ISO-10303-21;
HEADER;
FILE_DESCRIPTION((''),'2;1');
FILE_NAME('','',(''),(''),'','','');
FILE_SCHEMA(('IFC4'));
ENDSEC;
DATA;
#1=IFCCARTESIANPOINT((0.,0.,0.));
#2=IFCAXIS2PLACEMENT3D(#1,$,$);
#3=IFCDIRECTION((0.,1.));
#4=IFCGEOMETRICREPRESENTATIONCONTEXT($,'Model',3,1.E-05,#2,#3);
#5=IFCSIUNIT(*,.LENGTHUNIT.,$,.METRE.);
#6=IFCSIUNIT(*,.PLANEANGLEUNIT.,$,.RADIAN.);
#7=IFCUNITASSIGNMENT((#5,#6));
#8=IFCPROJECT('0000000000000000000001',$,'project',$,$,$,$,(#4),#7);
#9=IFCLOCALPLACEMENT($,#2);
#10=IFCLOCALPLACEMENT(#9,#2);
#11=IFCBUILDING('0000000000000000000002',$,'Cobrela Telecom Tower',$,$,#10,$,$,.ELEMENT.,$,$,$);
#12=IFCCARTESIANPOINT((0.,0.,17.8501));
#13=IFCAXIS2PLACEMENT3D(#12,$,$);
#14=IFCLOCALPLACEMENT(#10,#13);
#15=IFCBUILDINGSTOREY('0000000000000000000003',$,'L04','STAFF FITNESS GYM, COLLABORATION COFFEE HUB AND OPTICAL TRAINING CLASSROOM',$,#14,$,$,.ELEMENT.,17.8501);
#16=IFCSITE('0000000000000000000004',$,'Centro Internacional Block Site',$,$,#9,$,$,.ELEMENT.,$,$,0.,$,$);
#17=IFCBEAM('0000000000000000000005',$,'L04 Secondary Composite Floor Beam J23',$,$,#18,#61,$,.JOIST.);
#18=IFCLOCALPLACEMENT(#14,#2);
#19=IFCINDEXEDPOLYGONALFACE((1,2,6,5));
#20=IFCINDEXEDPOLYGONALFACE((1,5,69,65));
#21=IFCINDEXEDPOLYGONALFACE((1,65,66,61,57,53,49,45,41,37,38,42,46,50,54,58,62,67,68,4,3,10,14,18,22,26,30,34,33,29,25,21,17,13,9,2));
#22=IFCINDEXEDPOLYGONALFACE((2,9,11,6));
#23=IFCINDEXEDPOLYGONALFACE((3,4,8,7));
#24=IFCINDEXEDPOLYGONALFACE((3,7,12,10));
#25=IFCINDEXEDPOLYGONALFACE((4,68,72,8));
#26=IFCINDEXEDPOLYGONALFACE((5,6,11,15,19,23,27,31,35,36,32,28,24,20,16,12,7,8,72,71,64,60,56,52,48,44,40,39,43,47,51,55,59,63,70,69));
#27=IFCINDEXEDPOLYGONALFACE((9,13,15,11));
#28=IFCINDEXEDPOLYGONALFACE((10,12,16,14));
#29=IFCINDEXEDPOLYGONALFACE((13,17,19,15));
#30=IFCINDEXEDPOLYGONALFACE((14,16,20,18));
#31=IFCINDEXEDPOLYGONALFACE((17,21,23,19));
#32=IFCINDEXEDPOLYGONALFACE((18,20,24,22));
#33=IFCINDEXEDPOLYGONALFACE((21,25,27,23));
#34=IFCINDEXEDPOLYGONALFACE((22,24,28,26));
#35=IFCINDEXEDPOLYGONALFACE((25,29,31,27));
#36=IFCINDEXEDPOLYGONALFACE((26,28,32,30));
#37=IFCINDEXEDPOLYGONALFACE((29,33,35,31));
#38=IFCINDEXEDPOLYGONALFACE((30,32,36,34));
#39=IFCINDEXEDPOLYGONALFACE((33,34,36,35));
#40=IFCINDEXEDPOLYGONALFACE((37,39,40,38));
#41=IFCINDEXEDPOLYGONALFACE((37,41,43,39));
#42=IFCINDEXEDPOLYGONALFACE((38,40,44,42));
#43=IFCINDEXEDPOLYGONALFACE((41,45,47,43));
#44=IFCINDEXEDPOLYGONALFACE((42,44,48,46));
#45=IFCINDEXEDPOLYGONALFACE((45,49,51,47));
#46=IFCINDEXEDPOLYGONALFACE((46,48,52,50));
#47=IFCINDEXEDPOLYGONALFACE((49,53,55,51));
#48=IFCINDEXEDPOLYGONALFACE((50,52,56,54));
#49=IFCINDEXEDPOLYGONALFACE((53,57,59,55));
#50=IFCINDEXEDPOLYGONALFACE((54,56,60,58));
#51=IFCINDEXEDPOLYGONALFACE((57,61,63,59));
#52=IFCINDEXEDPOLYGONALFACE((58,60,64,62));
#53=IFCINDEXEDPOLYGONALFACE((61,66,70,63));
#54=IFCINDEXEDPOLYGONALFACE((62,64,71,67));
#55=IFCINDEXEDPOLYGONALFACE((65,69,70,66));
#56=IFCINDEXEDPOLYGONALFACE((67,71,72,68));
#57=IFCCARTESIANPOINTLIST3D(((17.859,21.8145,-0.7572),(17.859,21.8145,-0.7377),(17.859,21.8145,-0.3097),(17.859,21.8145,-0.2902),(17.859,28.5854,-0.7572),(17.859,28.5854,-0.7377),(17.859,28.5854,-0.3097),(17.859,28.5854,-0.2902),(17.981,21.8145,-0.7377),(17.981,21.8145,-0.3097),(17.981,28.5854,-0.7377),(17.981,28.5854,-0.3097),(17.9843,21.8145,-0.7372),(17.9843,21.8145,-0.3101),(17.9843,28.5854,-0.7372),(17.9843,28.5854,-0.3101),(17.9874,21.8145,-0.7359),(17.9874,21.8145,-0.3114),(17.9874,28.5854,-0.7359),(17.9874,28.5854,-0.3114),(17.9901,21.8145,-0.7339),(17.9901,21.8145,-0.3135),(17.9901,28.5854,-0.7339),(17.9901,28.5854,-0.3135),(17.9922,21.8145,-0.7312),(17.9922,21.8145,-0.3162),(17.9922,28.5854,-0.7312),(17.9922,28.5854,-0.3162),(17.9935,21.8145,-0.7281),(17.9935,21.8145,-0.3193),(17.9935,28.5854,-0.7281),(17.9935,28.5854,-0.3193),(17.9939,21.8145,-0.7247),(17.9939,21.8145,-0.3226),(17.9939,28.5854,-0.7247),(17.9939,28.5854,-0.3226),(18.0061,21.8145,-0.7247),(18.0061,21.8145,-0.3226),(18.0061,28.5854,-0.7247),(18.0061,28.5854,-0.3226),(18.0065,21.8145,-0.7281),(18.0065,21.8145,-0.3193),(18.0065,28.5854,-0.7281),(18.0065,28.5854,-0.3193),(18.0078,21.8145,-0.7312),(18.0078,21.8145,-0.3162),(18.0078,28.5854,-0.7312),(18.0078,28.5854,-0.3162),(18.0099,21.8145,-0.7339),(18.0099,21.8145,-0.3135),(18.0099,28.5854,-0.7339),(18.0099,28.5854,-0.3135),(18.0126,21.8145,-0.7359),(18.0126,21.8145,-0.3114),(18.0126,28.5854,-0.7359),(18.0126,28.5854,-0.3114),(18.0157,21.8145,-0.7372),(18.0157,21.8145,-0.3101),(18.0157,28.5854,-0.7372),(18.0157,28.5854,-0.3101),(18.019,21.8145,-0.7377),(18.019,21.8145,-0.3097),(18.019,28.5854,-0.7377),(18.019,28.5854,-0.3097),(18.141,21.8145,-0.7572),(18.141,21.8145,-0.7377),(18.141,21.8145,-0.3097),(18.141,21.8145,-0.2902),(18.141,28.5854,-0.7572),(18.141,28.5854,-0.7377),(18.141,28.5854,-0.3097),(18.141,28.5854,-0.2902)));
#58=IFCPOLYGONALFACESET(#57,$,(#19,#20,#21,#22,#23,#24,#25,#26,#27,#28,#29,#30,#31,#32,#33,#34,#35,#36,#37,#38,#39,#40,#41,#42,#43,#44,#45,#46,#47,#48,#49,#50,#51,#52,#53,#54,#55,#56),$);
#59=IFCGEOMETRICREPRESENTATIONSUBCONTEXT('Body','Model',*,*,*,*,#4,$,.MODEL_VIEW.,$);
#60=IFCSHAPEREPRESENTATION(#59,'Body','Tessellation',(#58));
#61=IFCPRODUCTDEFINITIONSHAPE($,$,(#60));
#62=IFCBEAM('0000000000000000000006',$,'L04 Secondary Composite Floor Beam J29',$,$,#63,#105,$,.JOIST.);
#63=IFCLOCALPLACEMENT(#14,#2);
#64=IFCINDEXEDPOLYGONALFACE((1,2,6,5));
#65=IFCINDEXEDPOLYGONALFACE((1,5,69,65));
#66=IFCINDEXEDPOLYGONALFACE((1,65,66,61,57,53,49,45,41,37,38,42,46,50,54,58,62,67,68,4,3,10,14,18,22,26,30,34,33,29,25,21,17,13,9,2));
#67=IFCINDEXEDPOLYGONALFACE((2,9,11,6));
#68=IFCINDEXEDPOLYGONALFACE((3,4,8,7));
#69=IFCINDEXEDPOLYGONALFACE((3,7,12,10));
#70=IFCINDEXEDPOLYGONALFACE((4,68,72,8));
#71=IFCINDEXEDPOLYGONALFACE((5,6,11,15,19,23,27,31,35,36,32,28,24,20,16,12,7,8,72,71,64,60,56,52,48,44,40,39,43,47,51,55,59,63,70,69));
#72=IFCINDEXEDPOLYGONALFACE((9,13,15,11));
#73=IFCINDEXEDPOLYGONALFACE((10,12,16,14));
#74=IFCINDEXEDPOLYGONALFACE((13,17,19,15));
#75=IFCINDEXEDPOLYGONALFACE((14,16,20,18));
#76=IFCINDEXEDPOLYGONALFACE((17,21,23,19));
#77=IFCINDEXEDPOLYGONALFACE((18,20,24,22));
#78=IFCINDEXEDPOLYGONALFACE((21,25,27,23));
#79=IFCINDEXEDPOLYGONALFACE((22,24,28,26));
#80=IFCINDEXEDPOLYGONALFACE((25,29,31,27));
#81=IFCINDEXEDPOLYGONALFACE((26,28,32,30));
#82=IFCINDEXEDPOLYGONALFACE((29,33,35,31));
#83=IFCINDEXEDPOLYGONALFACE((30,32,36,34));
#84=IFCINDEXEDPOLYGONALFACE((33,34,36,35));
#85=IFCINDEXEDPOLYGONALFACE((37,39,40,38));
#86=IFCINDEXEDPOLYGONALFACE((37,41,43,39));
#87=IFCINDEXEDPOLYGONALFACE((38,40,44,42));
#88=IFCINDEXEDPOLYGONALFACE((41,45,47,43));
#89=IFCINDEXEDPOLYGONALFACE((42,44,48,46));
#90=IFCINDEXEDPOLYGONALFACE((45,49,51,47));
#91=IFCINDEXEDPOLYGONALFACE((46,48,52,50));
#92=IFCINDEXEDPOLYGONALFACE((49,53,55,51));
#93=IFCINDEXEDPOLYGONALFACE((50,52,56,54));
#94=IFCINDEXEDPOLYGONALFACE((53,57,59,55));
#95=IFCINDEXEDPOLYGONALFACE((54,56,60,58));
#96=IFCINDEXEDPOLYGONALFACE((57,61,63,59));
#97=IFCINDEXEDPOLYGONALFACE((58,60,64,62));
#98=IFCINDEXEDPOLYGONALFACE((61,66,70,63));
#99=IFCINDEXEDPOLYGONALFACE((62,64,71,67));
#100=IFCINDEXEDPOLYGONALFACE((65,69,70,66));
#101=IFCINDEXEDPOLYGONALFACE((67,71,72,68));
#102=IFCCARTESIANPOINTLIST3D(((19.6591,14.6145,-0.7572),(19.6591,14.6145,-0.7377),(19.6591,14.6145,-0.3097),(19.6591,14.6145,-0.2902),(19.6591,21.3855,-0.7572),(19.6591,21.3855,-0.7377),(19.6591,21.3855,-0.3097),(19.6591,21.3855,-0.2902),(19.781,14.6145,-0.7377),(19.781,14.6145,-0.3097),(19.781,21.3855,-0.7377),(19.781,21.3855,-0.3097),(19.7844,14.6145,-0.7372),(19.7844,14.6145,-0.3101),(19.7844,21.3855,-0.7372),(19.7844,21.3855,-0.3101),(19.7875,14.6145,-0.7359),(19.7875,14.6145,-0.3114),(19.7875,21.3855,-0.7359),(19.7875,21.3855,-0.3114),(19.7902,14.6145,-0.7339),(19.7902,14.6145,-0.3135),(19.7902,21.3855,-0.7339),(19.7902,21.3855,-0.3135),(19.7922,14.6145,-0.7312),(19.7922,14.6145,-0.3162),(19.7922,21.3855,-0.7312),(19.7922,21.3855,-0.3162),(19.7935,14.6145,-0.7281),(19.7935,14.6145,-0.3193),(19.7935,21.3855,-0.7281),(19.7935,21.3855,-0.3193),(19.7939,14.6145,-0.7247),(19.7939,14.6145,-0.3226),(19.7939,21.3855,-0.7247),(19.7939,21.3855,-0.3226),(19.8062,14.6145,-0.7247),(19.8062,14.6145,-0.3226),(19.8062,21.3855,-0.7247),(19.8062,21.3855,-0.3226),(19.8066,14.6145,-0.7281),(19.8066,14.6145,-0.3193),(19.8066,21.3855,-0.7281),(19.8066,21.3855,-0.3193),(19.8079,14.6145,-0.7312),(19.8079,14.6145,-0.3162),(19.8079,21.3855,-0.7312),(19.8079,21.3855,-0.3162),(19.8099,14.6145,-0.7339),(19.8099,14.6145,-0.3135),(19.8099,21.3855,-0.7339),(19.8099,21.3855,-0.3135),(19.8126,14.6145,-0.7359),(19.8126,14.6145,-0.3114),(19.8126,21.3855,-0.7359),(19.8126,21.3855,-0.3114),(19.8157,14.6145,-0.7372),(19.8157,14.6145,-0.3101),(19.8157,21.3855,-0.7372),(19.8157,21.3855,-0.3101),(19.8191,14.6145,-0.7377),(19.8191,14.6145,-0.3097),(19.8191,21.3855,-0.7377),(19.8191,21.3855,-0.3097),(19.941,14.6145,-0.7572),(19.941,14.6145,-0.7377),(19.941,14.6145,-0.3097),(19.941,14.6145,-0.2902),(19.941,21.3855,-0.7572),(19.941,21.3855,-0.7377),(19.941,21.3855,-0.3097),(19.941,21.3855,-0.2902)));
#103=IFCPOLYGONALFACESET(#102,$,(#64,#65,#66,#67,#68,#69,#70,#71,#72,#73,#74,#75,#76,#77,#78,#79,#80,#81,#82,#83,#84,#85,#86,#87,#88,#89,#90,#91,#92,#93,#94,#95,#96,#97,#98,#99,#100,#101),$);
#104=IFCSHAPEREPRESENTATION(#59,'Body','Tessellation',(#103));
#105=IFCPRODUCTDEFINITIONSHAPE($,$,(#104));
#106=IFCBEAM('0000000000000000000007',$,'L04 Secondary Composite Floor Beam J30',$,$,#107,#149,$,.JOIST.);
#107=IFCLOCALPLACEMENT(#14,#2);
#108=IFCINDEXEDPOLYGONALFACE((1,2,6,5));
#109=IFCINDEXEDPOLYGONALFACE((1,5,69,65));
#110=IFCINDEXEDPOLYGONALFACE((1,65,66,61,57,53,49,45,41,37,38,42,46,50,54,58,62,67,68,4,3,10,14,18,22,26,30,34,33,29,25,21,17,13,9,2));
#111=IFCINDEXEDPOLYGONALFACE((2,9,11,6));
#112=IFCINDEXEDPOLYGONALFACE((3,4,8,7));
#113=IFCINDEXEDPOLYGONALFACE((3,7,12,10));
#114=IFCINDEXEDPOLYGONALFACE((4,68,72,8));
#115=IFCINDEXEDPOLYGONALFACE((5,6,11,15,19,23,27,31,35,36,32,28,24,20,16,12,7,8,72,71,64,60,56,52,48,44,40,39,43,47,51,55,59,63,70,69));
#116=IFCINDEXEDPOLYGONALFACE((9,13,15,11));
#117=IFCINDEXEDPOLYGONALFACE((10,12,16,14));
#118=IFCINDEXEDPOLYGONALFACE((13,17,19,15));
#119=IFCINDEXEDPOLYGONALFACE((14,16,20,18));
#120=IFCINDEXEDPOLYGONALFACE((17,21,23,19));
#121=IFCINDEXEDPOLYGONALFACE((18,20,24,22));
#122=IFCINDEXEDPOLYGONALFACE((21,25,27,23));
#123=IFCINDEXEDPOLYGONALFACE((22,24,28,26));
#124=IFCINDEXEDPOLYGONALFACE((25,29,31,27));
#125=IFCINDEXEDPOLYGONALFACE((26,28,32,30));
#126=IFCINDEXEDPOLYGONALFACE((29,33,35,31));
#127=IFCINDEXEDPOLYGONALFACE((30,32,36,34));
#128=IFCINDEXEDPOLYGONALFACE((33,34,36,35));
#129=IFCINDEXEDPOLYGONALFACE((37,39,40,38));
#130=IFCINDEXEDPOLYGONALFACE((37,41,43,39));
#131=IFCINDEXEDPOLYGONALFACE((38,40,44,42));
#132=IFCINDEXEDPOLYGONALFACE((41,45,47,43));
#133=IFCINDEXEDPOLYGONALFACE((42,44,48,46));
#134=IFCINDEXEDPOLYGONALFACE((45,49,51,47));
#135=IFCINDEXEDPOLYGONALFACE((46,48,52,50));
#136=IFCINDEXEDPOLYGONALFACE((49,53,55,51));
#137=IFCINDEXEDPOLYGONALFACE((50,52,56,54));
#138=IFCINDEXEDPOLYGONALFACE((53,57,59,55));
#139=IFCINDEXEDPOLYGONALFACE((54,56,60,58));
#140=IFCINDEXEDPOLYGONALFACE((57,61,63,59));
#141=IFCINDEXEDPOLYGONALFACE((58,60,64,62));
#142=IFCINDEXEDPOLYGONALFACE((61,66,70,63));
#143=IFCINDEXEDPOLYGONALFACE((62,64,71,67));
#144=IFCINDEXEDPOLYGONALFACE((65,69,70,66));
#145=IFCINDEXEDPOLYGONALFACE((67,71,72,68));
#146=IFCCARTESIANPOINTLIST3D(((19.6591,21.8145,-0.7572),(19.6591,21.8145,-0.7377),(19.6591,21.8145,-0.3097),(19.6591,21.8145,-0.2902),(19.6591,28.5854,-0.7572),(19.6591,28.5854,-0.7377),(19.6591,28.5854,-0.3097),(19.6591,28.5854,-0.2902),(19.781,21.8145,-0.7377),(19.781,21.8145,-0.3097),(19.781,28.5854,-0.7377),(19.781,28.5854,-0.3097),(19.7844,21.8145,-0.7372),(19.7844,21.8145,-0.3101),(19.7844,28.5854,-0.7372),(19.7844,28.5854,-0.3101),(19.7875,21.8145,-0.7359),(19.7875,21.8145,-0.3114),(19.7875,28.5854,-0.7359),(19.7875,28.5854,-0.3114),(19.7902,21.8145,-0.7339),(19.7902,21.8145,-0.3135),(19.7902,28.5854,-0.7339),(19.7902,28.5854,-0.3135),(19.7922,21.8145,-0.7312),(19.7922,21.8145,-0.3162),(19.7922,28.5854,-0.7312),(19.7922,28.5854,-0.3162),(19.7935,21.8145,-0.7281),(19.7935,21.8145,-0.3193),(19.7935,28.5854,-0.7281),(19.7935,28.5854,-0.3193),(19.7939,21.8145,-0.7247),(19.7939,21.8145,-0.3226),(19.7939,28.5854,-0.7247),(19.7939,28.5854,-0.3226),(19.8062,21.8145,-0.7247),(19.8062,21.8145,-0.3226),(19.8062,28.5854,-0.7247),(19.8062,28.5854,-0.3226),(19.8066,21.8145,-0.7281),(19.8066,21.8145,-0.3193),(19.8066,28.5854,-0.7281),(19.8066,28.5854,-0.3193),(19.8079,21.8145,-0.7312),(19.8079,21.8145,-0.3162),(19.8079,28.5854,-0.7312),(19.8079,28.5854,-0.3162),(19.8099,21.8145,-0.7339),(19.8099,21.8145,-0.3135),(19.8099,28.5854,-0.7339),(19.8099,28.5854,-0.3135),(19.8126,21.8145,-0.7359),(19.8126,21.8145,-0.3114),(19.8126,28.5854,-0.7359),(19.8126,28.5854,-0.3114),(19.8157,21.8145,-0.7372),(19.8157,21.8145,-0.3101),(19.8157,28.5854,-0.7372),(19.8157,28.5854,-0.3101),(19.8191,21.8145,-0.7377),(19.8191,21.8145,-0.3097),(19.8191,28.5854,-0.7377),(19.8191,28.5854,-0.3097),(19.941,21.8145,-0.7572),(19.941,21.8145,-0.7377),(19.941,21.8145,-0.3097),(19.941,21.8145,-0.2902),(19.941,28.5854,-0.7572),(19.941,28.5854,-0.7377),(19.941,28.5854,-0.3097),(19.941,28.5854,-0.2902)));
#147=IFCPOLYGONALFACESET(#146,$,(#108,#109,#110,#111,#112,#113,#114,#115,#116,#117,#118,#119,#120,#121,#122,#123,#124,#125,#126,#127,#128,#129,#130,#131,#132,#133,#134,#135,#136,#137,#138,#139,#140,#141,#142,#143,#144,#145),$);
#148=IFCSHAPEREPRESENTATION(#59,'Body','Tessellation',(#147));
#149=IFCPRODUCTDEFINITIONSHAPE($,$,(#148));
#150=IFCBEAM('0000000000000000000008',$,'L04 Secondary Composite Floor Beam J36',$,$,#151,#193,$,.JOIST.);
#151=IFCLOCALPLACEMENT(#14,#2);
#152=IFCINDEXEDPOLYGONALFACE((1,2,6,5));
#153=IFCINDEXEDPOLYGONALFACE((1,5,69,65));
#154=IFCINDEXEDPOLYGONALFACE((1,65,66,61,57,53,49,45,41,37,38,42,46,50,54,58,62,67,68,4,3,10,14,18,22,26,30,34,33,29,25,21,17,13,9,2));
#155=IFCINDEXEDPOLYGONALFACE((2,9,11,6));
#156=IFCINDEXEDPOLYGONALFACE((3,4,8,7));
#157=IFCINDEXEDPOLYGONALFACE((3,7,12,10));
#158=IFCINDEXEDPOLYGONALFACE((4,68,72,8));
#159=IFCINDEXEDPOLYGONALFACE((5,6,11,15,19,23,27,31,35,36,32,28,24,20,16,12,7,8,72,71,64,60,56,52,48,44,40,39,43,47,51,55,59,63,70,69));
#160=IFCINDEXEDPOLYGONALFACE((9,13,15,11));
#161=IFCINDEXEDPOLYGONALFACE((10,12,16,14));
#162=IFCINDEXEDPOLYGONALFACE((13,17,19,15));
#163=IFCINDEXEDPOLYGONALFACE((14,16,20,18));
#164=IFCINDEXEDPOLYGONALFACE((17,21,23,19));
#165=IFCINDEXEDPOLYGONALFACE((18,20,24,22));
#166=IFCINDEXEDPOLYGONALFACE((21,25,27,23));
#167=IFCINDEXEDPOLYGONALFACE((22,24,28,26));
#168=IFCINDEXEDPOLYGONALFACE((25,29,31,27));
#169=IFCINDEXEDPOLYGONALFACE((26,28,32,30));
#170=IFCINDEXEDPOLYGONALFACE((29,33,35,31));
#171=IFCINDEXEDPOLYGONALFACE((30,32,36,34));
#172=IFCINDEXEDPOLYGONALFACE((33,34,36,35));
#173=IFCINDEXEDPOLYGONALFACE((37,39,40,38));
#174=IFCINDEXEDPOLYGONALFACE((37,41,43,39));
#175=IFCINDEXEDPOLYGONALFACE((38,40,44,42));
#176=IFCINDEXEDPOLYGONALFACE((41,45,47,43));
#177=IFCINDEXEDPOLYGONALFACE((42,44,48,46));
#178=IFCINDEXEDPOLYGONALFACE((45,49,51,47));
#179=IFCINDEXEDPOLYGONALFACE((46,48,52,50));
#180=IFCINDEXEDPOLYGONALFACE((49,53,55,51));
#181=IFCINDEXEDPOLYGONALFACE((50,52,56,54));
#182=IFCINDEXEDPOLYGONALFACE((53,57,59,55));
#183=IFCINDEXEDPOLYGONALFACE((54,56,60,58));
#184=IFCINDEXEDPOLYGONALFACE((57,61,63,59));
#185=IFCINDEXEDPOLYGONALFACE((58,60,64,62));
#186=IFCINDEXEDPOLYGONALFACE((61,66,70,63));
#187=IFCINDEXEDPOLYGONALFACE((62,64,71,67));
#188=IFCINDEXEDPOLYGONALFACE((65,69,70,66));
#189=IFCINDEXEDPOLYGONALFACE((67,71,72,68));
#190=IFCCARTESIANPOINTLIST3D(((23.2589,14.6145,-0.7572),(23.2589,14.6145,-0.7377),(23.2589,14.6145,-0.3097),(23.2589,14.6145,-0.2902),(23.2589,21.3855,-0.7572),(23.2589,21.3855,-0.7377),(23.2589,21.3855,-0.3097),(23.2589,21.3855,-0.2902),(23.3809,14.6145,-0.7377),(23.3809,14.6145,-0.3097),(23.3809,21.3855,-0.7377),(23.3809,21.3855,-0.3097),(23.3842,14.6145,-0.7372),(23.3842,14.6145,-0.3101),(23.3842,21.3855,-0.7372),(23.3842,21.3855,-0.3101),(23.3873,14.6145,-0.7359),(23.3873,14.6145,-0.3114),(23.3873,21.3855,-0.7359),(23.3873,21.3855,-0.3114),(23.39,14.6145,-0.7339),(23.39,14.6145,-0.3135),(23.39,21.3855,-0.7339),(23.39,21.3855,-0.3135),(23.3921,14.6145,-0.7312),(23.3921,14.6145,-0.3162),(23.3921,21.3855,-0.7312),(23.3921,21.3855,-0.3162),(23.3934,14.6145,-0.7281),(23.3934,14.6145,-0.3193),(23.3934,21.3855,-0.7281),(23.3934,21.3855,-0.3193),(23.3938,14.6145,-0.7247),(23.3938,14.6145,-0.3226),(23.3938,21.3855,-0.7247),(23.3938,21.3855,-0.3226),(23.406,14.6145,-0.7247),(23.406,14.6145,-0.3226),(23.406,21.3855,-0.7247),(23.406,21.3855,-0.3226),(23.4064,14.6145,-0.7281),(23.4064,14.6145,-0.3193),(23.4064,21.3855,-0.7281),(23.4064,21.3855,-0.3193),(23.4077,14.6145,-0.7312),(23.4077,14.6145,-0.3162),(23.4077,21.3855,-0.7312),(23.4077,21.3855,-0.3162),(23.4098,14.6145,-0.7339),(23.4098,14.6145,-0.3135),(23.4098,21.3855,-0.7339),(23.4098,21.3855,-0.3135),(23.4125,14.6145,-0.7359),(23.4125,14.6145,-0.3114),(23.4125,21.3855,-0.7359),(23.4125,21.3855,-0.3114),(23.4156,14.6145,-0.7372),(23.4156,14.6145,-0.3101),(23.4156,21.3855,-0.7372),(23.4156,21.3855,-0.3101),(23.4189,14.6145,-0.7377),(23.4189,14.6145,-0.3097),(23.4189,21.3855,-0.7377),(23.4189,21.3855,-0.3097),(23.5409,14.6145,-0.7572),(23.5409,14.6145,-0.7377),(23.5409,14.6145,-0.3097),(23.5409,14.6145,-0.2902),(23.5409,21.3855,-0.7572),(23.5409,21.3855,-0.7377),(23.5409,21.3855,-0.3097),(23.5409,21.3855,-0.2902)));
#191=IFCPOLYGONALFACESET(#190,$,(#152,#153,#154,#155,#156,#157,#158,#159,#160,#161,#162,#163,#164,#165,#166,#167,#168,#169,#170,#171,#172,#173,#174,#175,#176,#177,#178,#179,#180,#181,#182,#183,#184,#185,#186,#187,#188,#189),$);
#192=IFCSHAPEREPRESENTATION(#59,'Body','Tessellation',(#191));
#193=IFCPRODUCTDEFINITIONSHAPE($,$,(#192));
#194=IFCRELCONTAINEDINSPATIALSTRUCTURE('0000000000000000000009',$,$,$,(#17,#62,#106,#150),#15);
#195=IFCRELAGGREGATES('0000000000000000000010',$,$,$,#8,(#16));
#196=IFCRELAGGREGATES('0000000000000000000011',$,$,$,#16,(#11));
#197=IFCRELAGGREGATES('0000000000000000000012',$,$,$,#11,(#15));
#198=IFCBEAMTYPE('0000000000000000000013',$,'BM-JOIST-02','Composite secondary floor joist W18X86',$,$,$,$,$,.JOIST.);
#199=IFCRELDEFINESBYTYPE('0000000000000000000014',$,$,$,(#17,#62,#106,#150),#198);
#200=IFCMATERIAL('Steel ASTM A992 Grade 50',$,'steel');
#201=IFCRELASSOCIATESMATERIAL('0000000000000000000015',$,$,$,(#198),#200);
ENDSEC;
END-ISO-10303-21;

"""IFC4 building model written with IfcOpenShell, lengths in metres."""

from ifc_helpers import new_model, si_unit, direction, frame, origin, origin_2d, place, context, subcontext, project, spatial, i_section, extrude, material, material_profile, profile_set, type_object, element, save


model = new_model("IFC4")

# Units and contexts
model_context = context("Model", 3, precision=1e-05, world=origin(), true_north=direction((0.0, 1.0)))
body_context = subcontext(model_context, "Body", "Model", "MODEL_VIEW")
ifc_project = project(units=[si_unit("LENGTHUNIT", "METRE"), si_unit("PLANEANGLEUNIT", "RADIAN")], contexts=[model_context])

# Site, building, storey
site_placement = place(None, origin())
site = spatial("IfcSite", under=ifc_project, at=site_placement, Name="Centro Internacional Block Site", CompositionType="ELEMENT", RefElevation=0.0)
building_placement = place(site_placement, origin())
building = spatial("IfcBuilding", under=site, at=building_placement, Name="Cobrela Telecom Tower", CompositionType="ELEMENT")
storey_placement = place(building_placement, frame((0.0, 0.0, 17.8501)))
storey = spatial("IfcBuildingStorey", under=building, at=storey_placement, Name="L04", Description="STAFF FITNESS GYM, COLLABORATION COFFEE HUB AND OPTICAL TRAINING CLASSROOM", CompositionType="ELEMENT", Elevation=17.8501)

# Beams
ifc_material_1 = material(Name="Steel ASTM A992 Grade 50", Category="steel")
ifc_material_profile_1 = material_profile(ifc_material_1, i_section(OverallWidth=0.282, OverallDepth=0.467, WebThickness=0.0122, FlangeThickness=0.0195, FilletRadius=0.0129, at=origin_2d()), Name="W18X86")
ifc_profile_set_1 = profile_set([ifc_material_profile_1], Name="Steel ASTM A992 Grade 50")
beam_type_1 = type_object("IfcBeamType", Name="BM-JOIST-02", Description="Composite secondary floor joist W18X86", PredefinedType="JOIST", material=ifc_profile_set_1)
for number, where, z_axis, x_axis, name in (
    (1, (18.0, 21.8145, -0.5237), (0.0, 1.0, 0.0), (-1.0, 0.0, 0.0), "L04 Secondary Composite Floor Beam J23"),
    (2, (19.8, 14.6145, -0.5237), (0.0, 1.0, 0.0), (-1.0, 0.0, 0.0), "L04 Secondary Composite Floor Beam J29"),
    (3, (19.8, 21.8145, -0.5237), (0.0, 1.0, 0.0), (-1.0, 0.0, 0.0), "L04 Secondary Composite Floor Beam J30"),
    (4, (23.3999, 14.6145, -0.5237), (0.0, 1.0, 0.0), (-1.0, 0.0, 0.0), "L04 Secondary Composite Floor Beam J36"),
):
    element("IfcBeam", number, at=place(storey_placement, frame(where, z_axis=z_axis, x_axis=x_axis)), inside=storey, type_object=beam_type_1, Name=name, PredefinedType="JOIST", context=body_context, shape_type="SweptSolid", body=[
        extrude(i_section(OverallWidth=0.282, OverallDepth=0.467, WebThickness=0.0122, FlangeThickness=0.0195, FilletRadius=0.0129, at=origin_2d()), origin(), (0.0, 0.0, 1.0), 6.771),
    ])

save(model, "model.ifc")
